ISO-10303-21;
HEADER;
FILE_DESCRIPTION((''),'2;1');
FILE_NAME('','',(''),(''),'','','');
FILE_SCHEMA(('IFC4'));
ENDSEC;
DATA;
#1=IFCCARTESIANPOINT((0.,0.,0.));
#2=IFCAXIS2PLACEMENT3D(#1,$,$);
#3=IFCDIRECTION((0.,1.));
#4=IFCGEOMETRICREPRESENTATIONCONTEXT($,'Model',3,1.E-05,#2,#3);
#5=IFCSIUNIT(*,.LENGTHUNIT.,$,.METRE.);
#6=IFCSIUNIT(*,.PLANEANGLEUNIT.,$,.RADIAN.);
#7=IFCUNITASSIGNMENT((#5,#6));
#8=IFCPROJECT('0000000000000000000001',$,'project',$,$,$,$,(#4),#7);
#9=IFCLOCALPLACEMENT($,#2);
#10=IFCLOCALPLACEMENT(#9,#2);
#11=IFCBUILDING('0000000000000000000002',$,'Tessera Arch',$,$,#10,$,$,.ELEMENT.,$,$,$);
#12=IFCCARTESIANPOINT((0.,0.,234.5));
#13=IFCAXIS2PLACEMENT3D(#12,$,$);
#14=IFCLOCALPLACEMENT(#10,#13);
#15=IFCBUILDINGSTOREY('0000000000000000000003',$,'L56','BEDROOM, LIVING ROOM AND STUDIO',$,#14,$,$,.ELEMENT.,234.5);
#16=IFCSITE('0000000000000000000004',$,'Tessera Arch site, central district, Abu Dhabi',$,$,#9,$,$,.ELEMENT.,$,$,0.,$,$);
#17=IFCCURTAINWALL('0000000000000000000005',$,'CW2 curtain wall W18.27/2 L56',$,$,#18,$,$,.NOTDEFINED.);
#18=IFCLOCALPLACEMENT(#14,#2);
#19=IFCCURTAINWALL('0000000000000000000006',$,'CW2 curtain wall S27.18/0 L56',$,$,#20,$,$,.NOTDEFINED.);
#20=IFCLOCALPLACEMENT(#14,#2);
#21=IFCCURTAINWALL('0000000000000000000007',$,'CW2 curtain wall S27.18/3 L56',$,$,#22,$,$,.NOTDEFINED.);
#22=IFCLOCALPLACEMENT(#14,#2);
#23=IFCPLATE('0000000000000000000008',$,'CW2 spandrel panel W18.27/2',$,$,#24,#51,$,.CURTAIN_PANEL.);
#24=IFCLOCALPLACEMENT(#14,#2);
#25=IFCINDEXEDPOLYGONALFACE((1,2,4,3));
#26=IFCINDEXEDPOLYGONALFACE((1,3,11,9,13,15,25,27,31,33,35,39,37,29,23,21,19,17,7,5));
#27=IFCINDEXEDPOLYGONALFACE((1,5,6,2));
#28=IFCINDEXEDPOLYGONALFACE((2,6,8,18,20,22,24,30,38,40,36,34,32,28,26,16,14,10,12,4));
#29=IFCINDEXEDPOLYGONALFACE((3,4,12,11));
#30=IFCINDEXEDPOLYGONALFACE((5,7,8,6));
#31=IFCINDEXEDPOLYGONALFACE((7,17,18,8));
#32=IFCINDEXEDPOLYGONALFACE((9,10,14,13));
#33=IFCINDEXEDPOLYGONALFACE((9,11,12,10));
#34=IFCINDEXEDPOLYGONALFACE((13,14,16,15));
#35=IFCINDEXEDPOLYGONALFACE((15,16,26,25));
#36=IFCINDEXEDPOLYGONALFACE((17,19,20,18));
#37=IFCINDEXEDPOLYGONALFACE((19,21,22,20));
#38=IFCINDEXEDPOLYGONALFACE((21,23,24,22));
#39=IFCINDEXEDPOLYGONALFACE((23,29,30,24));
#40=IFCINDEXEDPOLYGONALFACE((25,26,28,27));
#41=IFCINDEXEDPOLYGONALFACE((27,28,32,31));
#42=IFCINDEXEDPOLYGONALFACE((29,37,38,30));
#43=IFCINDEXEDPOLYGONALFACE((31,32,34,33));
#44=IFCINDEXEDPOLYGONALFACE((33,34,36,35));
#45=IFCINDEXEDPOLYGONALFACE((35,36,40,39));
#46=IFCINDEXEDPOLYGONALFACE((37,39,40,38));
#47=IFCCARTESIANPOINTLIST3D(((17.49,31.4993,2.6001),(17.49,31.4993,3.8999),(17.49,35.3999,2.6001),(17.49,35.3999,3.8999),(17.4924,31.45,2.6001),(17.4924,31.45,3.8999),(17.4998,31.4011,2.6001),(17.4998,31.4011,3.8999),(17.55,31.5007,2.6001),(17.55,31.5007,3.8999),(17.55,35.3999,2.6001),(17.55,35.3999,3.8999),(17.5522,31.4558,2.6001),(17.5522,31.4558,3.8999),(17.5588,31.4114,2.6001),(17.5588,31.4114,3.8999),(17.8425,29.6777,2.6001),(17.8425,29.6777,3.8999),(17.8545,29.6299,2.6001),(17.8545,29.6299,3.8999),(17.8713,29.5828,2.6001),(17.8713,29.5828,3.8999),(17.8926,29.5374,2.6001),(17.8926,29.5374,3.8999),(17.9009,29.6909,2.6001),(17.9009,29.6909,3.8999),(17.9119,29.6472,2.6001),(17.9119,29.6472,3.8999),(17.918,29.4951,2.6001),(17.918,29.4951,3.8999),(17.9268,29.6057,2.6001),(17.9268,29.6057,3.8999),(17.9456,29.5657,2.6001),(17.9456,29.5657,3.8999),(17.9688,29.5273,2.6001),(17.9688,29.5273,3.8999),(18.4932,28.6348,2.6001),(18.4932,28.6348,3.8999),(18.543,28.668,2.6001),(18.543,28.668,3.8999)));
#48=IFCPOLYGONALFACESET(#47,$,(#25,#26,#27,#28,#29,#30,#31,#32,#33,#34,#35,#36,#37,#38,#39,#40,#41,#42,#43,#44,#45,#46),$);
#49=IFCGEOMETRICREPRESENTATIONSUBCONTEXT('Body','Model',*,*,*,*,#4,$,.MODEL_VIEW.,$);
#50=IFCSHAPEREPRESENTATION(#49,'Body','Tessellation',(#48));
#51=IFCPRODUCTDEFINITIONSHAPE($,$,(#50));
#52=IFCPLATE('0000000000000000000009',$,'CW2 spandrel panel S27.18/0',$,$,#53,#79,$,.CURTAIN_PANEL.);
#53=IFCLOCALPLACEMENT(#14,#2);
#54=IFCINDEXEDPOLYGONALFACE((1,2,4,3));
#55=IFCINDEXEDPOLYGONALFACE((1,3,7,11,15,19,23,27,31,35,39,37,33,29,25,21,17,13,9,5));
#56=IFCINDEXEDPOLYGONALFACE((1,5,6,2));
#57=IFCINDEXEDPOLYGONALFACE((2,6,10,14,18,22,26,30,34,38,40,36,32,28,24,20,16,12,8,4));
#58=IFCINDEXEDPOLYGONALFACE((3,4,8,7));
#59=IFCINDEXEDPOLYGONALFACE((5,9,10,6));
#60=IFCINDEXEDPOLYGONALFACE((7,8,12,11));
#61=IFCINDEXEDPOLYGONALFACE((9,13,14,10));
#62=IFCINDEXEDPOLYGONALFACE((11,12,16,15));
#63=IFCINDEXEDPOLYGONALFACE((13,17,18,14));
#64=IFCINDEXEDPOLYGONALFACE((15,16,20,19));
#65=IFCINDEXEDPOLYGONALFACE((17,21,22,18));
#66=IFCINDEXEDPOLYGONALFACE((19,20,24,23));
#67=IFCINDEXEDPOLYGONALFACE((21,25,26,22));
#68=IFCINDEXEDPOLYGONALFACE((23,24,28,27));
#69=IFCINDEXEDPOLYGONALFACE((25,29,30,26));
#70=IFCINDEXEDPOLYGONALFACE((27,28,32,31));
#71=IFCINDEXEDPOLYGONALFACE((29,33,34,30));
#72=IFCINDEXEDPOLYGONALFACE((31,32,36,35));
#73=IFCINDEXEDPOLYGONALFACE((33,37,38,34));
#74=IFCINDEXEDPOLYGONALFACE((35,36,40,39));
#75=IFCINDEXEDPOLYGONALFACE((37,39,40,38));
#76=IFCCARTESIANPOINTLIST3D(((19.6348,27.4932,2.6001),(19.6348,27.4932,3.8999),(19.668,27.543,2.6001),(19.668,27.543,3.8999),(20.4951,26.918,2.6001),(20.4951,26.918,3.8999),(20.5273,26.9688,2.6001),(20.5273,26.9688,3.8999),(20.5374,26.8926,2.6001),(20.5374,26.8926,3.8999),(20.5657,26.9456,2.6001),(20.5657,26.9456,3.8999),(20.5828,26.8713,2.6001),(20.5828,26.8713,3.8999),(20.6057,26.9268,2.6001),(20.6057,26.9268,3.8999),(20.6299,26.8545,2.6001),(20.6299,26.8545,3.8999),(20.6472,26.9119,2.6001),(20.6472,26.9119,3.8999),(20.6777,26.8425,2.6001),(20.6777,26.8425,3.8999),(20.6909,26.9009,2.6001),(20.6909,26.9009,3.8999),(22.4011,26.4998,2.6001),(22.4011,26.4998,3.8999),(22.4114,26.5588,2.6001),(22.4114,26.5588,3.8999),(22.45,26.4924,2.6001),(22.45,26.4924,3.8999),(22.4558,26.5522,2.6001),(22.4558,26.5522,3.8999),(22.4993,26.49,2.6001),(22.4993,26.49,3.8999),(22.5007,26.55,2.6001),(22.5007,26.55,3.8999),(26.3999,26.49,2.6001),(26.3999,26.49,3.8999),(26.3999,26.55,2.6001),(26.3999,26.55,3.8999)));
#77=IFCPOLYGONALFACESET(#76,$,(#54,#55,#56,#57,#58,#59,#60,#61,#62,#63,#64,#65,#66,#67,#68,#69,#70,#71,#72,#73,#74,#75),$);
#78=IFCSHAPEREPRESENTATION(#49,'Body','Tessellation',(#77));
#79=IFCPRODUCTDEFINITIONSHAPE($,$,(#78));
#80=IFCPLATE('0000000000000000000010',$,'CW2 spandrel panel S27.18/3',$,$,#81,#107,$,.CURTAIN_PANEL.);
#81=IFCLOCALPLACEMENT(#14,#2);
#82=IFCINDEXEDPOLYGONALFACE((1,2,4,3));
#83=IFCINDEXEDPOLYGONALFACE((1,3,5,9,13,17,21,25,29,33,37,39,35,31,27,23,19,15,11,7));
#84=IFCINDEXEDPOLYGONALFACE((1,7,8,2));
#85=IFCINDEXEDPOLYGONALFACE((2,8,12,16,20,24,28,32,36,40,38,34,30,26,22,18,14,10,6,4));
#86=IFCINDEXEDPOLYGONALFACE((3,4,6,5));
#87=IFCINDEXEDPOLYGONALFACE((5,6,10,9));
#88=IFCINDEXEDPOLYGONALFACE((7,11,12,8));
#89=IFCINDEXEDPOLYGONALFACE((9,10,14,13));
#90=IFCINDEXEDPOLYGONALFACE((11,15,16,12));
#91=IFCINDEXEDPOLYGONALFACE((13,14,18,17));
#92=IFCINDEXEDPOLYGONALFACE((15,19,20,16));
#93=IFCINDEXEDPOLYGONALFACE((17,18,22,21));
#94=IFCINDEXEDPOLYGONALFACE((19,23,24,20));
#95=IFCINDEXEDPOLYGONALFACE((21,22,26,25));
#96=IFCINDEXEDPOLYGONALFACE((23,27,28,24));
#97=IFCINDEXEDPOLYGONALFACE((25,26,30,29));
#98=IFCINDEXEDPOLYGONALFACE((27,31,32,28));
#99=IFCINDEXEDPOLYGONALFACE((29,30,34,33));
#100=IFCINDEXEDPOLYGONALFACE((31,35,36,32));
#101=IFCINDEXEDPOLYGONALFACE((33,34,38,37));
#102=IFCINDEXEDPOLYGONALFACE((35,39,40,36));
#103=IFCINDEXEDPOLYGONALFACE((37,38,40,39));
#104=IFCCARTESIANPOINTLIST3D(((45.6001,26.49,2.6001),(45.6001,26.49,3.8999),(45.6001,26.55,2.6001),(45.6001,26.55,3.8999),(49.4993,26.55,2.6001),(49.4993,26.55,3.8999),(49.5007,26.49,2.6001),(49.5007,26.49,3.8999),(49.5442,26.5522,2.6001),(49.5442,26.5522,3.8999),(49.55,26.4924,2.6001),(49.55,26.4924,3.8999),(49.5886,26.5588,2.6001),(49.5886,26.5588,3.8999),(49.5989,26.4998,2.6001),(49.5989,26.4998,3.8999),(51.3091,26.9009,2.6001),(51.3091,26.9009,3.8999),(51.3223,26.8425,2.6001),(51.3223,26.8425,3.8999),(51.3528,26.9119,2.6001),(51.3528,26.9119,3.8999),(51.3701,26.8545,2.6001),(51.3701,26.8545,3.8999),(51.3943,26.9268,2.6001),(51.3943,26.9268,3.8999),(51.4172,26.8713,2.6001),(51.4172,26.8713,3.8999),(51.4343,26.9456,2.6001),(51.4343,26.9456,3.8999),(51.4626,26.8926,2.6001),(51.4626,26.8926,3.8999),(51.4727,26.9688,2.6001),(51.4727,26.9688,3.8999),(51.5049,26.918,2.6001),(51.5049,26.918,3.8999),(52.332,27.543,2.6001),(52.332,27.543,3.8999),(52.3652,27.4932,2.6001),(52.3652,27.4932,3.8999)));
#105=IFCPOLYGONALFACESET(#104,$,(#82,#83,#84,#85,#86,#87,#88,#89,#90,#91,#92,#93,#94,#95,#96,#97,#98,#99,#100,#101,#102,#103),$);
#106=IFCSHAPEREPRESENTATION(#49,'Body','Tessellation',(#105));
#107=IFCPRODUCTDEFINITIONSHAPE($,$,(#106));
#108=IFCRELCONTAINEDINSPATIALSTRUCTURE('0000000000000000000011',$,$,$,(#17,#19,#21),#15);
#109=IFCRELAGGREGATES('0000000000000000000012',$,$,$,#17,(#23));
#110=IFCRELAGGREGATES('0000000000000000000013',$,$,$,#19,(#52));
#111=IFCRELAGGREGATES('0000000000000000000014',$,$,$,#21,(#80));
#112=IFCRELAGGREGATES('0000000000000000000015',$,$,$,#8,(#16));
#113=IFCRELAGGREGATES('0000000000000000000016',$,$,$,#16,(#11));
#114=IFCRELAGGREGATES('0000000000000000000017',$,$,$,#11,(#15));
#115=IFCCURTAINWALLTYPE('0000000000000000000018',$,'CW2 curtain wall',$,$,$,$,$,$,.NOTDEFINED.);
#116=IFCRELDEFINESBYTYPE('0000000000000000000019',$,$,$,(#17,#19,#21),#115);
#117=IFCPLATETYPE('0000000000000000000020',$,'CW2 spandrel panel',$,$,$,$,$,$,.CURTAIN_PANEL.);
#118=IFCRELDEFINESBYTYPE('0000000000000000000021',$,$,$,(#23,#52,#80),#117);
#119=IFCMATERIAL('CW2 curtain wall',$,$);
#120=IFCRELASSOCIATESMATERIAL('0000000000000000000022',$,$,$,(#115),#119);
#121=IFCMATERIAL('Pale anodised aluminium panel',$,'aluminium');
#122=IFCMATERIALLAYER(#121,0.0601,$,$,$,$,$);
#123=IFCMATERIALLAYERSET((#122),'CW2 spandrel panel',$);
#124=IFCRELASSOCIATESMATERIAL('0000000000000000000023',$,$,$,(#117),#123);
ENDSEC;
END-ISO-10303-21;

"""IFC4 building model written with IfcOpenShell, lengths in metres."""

from ifc_helpers import new_model, si_unit, direction, frame, origin, place, context, subcontext, project, spatial, polyline, outline, extrude, material, layer, layer_set, type_object, element, aggregate, save


model = new_model("IFC4")

# Units and contexts
model_context = context("Model", 3, precision=1e-05, world=origin(), true_north=direction((0.0, 1.0)))
body_context = subcontext(model_context, "Body", "Model", "MODEL_VIEW")
ifc_project = project(units=[si_unit("LENGTHUNIT", "METRE"), si_unit("PLANEANGLEUNIT", "RADIAN")], contexts=[model_context])

# Site, building, storey
site_placement = place(None, origin())
site = spatial("IfcSite", under=ifc_project, at=site_placement, Name="Tessera Arch site, central district, Abu Dhabi", CompositionType="ELEMENT", RefElevation=0.0)
building_placement = place(site_placement, origin())
building = spatial("IfcBuilding", under=site, at=building_placement, Name="Tessera Arch", CompositionType="ELEMENT")
storey_placement = place(building_placement, frame((0.0, 0.0, 234.5)))
storey = spatial("IfcBuildingStorey", under=building, at=storey_placement, Name="L56", Description="BEDROOM, LIVING ROOM AND STUDIO", CompositionType="ELEMENT", Elevation=234.5)

# Curtain walls
ifc_material_1 = material(Name="CW2 curtain wall")
curtain_wall_type = type_object("IfcCurtainWallType", Name="CW2 curtain wall", PredefinedType="NOTDEFINED", material=ifc_material_1)
curtain_wall_1_placement = place(storey_placement, origin())
curtain_wall_1 = element("IfcCurtainWall", 1, at=curtain_wall_1_placement, inside=storey, type_object=curtain_wall_type, Name="CW2 curtain wall W18.27/2 L56", PredefinedType="NOTDEFINED")
curtain_wall_2_placement = place(storey_placement, origin())
curtain_wall_2 = element("IfcCurtainWall", 2, at=curtain_wall_2_placement, inside=storey, type_object=curtain_wall_type, Name="CW2 curtain wall S27.18/0 L56", PredefinedType="NOTDEFINED")
curtain_wall_3_placement = place(storey_placement, origin())
curtain_wall_3 = element("IfcCurtainWall", 3, at=curtain_wall_3_placement, inside=storey, type_object=curtain_wall_type, Name="CW2 curtain wall S27.18/3 L56", PredefinedType="NOTDEFINED")

# Plates
ifc_material_2 = material(Name="Pale anodised aluminium panel", Category="aluminium")
ifc_layer_1 = layer(ifc_material_2, 0.0601)
ifc_layer_set_1 = layer_set([ifc_layer_1], Name="CW2 spandrel panel")
plate_type_1 = type_object("IfcPlateType", Name="CW2 spandrel panel", PredefinedType="CURTAIN_PANEL", material=ifc_layer_set_1)
plate_1_placement = place(storey_placement, frame((0.0, 0.0, 2.6001)))
plate_1 = element("IfcPlate", 4, at=plate_1_placement, type_object=plate_type_1, Name="CW2 spandrel panel W18.27/2", PredefinedType="CURTAIN_PANEL", context=body_context, shape_type="SweptSolid", body=[
    extrude(outline(polyline([(17.55, 31.5007), (17.55, 35.3999), (17.49, 35.3999), (17.49, 31.4993), (17.4924, 31.45), (17.4998, 31.4011), (17.8425, 29.6777), (17.8545, 29.6299), (17.8713, 29.5828), (17.8926, 29.5374), (17.918, 29.4951), (18.4932, 28.6348), (18.543, 28.668), (17.9688, 29.5273), (17.9456, 29.5657), (17.9268, 29.6057), (17.9119, 29.6472), (17.9009, 29.6909), (17.5588, 31.4114), (17.5522, 31.4558), (17.55, 31.5007)])), origin(), (0.0, 0.0, 1.0), 1.2998),
])
aggregate(curtain_wall_1, [plate_1])
plate_2_placement = place(storey_placement, frame((0.0, 0.0, 2.6001)))
plate_2 = element("IfcPlate", 5, at=plate_2_placement, type_object=plate_type_1, Name="CW2 spandrel panel S27.18/0", PredefinedType="CURTAIN_PANEL", context=body_context, shape_type="SweptSolid", body=[
    extrude(outline(polyline([(20.5273, 26.9688), (19.668, 27.543), (19.6348, 27.4932), (20.4951, 26.918), (20.5374, 26.8926), (20.5828, 26.8713), (20.6299, 26.8545), (20.6777, 26.8425), (22.4011, 26.4998), (22.45, 26.4924), (22.4993, 26.49), (26.3999, 26.49), (26.3999, 26.55), (22.5007, 26.55), (22.4558, 26.5522), (22.4114, 26.5588), (20.6909, 26.9009), (20.6472, 26.9119), (20.6057, 26.9268), (20.5657, 26.9456), (20.5273, 26.9688)])), origin(), (0.0, 0.0, 1.0), 1.2998),
])
aggregate(curtain_wall_2, [plate_2])
plate_3_placement = place(storey_placement, frame((0.0, 0.0, 2.6001)))
plate_3 = element("IfcPlate", 6, at=plate_3_placement, type_object=plate_type_1, Name="CW2 spandrel panel S27.18/3", PredefinedType="CURTAIN_PANEL", context=body_context, shape_type="SweptSolid", body=[
    extrude(outline(polyline([(49.4993, 26.55), (45.6001, 26.55), (45.6001, 26.49), (49.5007, 26.49), (49.55, 26.4924), (49.5989, 26.4998), (51.3223, 26.8425), (51.3701, 26.8545), (51.4172, 26.8713), (51.4626, 26.8926), (51.5049, 26.918), (52.3652, 27.4932), (52.332, 27.543), (51.4727, 26.9688), (51.4343, 26.9456), (51.3943, 26.9268), (51.3528, 26.9119), (51.3091, 26.9009), (49.5886, 26.5588), (49.5442, 26.5522), (49.4993, 26.55)])), origin(), (0.0, 0.0, 1.0), 1.2998),
])
aggregate(curtain_wall_3, [plate_3])

save(model, "model.ifc")
